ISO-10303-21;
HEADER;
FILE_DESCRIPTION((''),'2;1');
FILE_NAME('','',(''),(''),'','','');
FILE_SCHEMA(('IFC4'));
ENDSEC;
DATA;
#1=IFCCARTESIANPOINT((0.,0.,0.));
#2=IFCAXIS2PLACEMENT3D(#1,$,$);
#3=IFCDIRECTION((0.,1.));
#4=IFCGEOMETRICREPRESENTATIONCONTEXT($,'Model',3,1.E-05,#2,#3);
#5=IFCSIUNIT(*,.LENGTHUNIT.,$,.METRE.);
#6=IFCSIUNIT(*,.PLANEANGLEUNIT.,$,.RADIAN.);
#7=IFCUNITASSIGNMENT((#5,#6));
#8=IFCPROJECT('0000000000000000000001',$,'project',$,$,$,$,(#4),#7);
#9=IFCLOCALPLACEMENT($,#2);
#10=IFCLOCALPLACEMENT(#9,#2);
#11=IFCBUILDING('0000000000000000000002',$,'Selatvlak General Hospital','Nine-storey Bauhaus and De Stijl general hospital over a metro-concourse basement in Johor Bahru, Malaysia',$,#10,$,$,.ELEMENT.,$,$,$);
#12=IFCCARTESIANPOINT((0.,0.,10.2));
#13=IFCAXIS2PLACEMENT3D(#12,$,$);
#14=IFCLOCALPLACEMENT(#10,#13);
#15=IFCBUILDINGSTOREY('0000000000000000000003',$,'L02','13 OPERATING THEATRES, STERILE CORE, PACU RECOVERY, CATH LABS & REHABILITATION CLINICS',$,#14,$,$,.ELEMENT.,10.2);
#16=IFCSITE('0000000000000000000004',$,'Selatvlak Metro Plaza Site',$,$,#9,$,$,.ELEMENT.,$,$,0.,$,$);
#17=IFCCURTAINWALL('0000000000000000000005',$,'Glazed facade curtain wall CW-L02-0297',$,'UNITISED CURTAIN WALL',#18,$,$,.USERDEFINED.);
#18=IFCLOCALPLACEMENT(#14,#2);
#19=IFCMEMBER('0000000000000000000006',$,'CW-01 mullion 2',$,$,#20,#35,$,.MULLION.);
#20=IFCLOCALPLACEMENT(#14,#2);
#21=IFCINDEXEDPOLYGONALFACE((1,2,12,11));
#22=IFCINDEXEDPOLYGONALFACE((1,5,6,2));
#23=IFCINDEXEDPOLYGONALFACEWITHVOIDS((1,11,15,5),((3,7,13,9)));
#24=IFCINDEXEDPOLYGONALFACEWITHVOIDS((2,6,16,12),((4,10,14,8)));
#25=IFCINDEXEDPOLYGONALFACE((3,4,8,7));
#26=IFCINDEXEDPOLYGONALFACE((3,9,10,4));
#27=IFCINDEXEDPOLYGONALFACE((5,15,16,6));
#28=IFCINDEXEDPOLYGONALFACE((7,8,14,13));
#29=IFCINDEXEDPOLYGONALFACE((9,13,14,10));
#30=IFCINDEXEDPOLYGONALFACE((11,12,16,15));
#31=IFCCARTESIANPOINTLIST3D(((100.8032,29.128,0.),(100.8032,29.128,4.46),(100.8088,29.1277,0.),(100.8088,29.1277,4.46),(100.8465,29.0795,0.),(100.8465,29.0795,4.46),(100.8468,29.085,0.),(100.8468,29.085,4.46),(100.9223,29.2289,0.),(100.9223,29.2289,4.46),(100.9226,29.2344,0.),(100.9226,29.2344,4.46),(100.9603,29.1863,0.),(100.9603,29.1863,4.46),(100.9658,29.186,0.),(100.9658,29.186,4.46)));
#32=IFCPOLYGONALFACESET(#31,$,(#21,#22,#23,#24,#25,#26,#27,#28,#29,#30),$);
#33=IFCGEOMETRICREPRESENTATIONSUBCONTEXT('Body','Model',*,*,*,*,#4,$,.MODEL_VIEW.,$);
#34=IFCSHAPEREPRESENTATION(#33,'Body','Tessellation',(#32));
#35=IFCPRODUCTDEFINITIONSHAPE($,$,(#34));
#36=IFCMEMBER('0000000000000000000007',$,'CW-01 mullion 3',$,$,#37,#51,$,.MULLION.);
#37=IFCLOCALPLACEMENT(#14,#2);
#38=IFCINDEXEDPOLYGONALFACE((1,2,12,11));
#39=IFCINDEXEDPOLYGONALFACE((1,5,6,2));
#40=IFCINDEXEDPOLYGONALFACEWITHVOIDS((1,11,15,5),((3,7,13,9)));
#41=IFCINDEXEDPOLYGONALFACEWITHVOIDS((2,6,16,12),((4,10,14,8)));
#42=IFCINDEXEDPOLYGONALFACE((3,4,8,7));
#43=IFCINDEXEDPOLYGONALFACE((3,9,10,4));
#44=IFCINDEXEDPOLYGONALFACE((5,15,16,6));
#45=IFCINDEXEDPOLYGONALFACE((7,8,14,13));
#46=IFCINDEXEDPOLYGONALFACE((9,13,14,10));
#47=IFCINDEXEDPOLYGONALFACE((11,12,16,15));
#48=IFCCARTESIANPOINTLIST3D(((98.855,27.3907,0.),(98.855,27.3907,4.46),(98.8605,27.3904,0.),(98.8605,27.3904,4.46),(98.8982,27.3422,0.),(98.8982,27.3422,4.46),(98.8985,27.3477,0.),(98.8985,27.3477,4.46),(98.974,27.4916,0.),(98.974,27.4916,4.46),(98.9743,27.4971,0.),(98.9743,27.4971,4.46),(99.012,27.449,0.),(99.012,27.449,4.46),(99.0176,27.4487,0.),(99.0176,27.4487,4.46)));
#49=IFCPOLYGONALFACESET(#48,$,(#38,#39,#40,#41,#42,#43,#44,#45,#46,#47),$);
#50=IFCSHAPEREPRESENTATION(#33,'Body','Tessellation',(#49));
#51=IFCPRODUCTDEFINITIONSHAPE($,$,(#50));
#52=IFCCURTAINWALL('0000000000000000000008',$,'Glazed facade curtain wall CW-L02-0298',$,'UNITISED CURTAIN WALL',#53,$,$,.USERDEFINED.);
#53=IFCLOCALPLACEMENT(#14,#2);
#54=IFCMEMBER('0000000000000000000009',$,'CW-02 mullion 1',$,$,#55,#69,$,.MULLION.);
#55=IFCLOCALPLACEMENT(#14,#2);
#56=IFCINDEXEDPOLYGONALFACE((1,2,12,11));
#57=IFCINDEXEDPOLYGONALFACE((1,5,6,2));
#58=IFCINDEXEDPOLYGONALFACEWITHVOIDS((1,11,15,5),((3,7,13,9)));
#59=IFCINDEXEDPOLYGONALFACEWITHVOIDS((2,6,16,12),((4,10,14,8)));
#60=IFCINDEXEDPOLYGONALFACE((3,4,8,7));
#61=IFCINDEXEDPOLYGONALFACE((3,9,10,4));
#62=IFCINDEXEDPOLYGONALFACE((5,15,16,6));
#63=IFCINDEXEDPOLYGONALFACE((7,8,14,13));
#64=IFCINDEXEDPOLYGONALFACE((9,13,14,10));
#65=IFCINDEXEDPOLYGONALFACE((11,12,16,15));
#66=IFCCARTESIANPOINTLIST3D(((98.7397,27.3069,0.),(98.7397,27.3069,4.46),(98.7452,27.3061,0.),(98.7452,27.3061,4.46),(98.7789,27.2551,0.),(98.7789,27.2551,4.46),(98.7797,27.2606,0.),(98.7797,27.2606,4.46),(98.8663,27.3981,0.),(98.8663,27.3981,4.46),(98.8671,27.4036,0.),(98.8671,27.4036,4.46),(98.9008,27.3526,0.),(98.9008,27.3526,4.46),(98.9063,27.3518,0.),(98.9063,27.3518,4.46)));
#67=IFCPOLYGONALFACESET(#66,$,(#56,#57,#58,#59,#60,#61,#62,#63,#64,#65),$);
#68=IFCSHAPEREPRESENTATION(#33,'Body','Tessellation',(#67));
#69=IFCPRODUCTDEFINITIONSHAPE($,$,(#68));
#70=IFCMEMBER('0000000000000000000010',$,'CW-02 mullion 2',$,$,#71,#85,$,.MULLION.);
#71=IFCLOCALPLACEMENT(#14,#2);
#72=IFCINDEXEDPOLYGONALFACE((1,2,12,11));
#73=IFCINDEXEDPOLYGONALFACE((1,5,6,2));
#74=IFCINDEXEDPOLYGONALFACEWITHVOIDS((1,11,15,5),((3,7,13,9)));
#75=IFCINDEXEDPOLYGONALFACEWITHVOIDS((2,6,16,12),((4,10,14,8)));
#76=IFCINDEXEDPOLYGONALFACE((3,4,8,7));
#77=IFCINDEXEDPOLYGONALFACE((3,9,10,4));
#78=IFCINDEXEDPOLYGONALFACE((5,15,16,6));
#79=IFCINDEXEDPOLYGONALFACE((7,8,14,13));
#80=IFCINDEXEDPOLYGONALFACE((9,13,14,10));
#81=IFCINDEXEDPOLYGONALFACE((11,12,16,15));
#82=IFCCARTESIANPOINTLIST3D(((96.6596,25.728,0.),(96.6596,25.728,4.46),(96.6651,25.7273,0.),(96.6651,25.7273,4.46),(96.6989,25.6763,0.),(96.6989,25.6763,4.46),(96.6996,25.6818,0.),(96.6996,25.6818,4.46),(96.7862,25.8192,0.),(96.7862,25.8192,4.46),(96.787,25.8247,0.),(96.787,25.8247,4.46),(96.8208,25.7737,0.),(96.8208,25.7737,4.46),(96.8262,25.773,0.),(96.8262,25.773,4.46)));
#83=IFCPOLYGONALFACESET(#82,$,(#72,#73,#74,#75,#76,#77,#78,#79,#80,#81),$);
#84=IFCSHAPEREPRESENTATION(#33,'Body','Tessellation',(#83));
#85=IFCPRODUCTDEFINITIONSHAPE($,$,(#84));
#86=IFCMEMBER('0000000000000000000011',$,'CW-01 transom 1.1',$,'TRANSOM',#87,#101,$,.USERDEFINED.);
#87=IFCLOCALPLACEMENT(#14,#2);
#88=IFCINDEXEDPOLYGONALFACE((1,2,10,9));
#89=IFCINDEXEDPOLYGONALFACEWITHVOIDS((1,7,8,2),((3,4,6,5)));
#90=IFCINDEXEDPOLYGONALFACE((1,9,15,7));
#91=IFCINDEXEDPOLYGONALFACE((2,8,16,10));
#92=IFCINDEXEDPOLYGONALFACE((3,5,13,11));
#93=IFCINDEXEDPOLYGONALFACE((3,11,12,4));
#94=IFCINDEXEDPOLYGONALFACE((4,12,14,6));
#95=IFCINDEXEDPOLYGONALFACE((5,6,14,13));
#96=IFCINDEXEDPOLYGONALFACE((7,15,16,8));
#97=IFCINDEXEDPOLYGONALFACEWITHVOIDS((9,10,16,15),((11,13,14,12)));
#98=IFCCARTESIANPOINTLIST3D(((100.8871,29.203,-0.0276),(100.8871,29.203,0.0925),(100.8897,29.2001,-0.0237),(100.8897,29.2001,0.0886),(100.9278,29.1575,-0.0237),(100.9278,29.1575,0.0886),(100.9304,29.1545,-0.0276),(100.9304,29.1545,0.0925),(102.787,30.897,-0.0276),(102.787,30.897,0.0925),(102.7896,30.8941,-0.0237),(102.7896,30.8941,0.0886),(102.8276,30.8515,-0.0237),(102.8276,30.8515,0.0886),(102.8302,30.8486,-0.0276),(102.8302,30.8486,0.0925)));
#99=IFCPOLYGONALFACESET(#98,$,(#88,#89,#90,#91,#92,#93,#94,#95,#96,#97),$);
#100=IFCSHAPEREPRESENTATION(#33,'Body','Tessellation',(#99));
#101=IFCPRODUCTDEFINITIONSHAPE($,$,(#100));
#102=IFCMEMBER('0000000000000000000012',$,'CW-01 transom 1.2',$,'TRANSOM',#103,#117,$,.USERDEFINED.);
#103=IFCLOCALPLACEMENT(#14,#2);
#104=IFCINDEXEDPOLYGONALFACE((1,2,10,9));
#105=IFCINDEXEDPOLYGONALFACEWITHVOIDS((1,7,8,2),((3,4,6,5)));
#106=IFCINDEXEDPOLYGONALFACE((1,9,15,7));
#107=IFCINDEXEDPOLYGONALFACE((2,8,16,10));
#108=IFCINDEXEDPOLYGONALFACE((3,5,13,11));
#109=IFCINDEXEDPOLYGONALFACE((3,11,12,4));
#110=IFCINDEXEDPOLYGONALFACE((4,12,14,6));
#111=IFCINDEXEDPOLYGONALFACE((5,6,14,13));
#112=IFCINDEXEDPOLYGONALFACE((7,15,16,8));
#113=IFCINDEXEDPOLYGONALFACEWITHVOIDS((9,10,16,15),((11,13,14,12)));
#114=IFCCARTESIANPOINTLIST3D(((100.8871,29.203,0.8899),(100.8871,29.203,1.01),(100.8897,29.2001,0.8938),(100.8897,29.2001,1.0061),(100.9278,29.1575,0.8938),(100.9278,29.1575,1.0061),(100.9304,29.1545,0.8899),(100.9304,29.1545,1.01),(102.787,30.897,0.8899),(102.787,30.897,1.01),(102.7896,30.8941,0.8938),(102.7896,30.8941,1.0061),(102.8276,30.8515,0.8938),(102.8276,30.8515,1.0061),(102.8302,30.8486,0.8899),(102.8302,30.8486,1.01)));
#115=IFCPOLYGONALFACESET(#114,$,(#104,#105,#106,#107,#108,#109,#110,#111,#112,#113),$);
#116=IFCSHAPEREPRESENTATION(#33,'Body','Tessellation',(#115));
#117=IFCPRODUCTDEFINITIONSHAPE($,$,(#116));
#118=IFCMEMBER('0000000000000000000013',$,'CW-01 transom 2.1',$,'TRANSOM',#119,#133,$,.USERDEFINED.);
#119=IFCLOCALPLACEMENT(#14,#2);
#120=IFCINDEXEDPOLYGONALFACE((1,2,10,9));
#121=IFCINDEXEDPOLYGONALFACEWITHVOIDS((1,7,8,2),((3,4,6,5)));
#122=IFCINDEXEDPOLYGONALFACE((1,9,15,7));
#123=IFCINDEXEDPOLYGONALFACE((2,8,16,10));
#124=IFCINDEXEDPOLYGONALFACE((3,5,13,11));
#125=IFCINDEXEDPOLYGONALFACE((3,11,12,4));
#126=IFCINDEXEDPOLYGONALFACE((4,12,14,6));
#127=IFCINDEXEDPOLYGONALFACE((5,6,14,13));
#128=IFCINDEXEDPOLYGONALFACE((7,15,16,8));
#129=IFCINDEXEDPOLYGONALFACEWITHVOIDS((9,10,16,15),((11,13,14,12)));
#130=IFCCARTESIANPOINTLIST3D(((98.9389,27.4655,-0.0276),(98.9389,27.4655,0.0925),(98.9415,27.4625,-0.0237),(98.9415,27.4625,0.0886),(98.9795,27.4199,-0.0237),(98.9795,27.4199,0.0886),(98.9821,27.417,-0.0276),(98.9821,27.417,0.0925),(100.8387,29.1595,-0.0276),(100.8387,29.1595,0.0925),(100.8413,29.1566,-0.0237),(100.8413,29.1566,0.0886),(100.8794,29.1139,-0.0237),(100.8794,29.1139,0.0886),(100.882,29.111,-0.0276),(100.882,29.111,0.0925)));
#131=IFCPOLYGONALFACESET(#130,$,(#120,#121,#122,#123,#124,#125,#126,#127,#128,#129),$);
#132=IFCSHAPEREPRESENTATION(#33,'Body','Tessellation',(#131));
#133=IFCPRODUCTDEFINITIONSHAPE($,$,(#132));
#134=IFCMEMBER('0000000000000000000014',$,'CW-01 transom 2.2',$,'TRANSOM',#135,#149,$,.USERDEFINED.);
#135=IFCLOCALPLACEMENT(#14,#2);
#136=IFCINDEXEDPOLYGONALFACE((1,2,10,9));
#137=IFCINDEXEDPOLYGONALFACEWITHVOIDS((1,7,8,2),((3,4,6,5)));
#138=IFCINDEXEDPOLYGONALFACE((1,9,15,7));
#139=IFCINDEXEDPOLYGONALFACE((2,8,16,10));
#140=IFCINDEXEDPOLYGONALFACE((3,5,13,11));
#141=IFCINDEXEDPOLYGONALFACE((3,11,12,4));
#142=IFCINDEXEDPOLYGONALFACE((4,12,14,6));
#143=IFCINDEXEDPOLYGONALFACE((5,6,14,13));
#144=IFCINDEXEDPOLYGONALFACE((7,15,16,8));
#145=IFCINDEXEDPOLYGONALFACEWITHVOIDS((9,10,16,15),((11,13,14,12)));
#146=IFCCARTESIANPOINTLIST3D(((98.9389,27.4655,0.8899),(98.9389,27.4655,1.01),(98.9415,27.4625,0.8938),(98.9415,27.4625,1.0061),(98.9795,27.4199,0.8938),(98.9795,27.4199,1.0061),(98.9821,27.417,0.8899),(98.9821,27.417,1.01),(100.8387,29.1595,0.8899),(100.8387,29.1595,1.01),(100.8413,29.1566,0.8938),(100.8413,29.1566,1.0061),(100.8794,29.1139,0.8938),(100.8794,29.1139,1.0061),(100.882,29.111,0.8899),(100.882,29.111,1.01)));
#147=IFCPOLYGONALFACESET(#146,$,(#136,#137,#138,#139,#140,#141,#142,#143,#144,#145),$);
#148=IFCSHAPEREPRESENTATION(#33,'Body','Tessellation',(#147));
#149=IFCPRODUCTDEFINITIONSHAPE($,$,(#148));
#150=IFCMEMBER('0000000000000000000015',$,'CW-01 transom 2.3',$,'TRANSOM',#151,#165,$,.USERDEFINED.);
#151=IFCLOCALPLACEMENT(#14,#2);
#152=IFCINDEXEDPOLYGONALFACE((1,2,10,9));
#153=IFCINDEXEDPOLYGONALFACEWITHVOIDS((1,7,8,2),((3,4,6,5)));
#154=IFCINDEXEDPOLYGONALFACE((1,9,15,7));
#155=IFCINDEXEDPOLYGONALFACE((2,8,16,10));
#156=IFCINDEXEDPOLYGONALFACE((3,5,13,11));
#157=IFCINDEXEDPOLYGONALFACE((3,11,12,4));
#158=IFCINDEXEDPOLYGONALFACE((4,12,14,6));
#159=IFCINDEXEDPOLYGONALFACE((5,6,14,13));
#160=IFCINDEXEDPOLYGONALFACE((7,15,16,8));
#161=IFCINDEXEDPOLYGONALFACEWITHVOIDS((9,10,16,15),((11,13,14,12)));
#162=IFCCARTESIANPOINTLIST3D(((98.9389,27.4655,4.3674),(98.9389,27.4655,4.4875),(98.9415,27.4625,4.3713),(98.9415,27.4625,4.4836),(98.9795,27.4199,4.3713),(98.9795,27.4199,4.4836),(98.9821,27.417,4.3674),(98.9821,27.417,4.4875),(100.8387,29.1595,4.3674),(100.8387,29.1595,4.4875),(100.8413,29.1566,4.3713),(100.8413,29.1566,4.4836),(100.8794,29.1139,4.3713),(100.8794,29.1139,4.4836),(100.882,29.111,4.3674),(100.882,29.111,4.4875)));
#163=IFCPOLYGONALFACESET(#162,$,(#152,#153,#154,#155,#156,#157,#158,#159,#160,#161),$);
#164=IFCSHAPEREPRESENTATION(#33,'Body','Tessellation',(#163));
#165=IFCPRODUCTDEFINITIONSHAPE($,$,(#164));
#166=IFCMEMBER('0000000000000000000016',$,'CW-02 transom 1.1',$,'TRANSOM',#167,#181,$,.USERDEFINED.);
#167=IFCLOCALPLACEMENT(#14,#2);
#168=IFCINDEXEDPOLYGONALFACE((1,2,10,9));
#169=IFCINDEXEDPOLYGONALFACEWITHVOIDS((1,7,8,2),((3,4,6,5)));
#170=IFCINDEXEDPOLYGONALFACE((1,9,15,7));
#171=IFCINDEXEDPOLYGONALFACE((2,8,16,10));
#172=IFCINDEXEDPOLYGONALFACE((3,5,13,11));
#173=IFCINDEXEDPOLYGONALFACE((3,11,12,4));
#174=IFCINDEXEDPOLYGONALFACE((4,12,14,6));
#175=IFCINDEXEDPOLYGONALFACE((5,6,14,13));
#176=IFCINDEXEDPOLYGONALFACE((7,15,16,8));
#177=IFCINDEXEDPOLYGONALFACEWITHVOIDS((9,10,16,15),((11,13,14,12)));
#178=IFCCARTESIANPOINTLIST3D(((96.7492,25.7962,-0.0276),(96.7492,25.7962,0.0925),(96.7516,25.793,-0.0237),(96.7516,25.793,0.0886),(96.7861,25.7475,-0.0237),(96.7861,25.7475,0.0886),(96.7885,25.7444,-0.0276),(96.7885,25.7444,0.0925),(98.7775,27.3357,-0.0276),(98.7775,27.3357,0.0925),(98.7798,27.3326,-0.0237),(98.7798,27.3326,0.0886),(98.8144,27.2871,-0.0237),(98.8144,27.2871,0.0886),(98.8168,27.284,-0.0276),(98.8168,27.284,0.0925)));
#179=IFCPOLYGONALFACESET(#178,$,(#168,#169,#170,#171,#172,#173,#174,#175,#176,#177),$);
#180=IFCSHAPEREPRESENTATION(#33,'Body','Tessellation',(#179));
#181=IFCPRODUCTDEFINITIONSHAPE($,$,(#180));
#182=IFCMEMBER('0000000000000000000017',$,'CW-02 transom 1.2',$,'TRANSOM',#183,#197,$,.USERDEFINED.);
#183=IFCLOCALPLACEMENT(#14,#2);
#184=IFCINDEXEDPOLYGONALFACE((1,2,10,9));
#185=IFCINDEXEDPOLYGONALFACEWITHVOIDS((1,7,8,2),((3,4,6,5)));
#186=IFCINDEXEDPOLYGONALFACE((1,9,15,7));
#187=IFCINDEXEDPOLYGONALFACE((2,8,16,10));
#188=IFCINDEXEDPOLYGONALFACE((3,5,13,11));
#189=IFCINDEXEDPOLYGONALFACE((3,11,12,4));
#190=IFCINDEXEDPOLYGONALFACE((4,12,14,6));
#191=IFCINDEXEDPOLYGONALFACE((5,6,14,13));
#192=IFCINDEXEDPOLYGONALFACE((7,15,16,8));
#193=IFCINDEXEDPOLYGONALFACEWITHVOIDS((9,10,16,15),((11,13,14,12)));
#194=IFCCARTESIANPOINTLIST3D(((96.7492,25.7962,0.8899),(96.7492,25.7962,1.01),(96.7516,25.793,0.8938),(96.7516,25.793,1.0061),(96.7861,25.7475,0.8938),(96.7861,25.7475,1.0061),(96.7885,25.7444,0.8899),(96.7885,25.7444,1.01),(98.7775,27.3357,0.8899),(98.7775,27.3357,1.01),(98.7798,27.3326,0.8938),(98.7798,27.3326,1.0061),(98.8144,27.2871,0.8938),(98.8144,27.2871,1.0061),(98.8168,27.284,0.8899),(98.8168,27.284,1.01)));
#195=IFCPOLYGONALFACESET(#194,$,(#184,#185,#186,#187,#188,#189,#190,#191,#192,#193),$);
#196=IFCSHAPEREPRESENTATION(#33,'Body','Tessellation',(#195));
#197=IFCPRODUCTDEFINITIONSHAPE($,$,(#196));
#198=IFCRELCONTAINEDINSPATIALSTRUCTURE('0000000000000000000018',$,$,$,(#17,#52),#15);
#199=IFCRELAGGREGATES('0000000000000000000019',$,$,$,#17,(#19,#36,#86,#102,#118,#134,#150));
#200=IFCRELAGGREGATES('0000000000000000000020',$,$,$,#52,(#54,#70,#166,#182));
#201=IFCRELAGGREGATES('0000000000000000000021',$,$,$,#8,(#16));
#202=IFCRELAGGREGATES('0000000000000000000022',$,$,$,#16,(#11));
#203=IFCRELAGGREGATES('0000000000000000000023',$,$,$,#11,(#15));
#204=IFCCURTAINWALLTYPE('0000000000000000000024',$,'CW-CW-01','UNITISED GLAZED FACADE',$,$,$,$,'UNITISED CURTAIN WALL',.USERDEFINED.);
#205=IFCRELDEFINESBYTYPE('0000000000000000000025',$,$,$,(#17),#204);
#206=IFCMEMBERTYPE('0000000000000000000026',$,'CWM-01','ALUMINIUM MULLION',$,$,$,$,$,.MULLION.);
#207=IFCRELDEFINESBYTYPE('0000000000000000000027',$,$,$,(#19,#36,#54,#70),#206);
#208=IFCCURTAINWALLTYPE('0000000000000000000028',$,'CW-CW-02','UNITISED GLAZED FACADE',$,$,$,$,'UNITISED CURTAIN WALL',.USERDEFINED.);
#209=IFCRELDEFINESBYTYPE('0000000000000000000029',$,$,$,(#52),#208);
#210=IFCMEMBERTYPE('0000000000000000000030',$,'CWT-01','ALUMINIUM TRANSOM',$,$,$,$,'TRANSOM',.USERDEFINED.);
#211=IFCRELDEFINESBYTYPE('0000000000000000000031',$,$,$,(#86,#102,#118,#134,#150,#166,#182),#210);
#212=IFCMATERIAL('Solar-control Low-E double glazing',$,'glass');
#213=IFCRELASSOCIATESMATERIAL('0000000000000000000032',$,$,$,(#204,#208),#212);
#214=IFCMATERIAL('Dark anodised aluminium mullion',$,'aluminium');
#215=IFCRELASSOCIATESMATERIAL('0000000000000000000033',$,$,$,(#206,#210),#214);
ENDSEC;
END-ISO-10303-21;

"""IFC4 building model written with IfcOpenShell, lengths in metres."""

from ifc_helpers import new_model, si_unit, direction, frame, origin, origin_2d, place, context, subcontext, project, spatial, hollow_rectangle, extrude, material, material_profile, profile_set, type_object, element, aggregate, save


model = new_model("IFC4")

# Units and contexts
model_context = context("Model", 3, precision=1e-05, world=origin(), true_north=direction((0.0, 1.0)))
body_context = subcontext(model_context, "Body", "Model", "MODEL_VIEW")
ifc_project = project(units=[si_unit("LENGTHUNIT", "METRE"), si_unit("PLANEANGLEUNIT", "RADIAN")], contexts=[model_context])

# Site, building, storey
site_placement = place(None, origin())
site = spatial("IfcSite", under=ifc_project, at=site_placement, Name="Selatvlak Metro Plaza Site", CompositionType="ELEMENT", RefElevation=0.0)
building_placement = place(site_placement, origin())
building = spatial("IfcBuilding", under=site, at=building_placement, Name="Selatvlak General Hospital", Description="Nine-storey Bauhaus and De Stijl general hospital over a metro-concourse basement in Johor Bahru, Malaysia", CompositionType="ELEMENT")
storey_placement = place(building_placement, frame((0.0, 0.0, 10.2)))
storey = spatial("IfcBuildingStorey", under=building, at=storey_placement, Name="L02", Description="13 OPERATING THEATRES, STERILE CORE, PACU RECOVERY, CATH LABS & REHABILITATION CLINICS", CompositionType="ELEMENT", Elevation=10.2)

# Curtain walls, members
ifc_material_1 = material(Name="Solar-control Low-E double glazing", Category="glass")
curtain_wall_type_1 = type_object("IfcCurtainWallType", Name="CW-CW-01", Description="UNITISED GLAZED FACADE", ElementType="UNITISED CURTAIN WALL", PredefinedType="USERDEFINED", material=ifc_material_1)
curtain_wall_1_placement = place(storey_placement, origin())
curtain_wall_1 = element("IfcCurtainWall", 1, at=curtain_wall_1_placement, inside=storey, type_object=curtain_wall_type_1, Name="Glazed facade curtain wall CW-L02-0297", ObjectType="UNITISED CURTAIN WALL", PredefinedType="USERDEFINED")
ifc_material_2 = material(Name="Dark anodised aluminium mullion", Category="aluminium")
ifc_material_profile_1 = material_profile(ifc_material_2, hollow_rectangle(XDim=0.0649, YDim=0.1599, WallThickness=0.0039, at=origin_2d()), Name="AL-MUL 65x160x4")
ifc_profile_set_1 = profile_set([ifc_material_profile_1], Name="Dark anodised aluminium mullion")
member_type_1 = type_object("IfcMemberType", Name="CWM-01", Description="ALUMINIUM MULLION", PredefinedType="MULLION", material=ifc_profile_set_1)
member_1_placement = place(storey_placement, frame((100.8845, 29.157, 0.0), z_axis=(0.0, 0.0, 1.0), x_axis=(0.665561, -0.746344, 0.0)))
member_1 = element("IfcMember", 2, at=member_1_placement, type_object=member_type_1, Name="CW-01 mullion 2", PredefinedType="MULLION", context=body_context, shape_type="SweptSolid", body=[
    extrude(hollow_rectangle(XDim=0.0649, YDim=0.1599, WallThickness=0.0039, at=origin_2d()), origin(), (0.0, 0.0, 1.0), 4.46),
])
member_2_placement = place(storey_placement, frame((98.9363, 27.4197, 0.0), z_axis=(0.0, 0.0, 1.0), x_axis=(0.665561, -0.746344, 0.0)))
member_2 = element("IfcMember", 3, at=member_2_placement, type_object=member_type_1, Name="CW-01 mullion 3", PredefinedType="MULLION", context=body_context, shape_type="SweptSolid", body=[
    extrude(hollow_rectangle(XDim=0.0649, YDim=0.1599, WallThickness=0.0039, at=origin_2d()), origin(), (0.0, 0.0, 1.0), 4.46),
])
curtain_wall_type_2 = type_object("IfcCurtainWallType", Name="CW-CW-02", Description="UNITISED GLAZED FACADE", ElementType="UNITISED CURTAIN WALL", PredefinedType="USERDEFINED", material=ifc_material_1)
curtain_wall_2_placement = place(storey_placement, origin())
curtain_wall_2 = element("IfcCurtainWall", 4, at=curtain_wall_2_placement, inside=storey, type_object=curtain_wall_type_2, Name="Glazed facade curtain wall CW-L02-0298", ObjectType="UNITISED CURTAIN WALL", PredefinedType="USERDEFINED")
member_3_placement = place(storey_placement, frame((98.823, 27.3293, 0.0), z_axis=(0.0, 0.0, 1.0), x_axis=(0.604589, -0.796537, 0.0)))
member_3 = element("IfcMember", 5, at=member_3_placement, type_object=member_type_1, Name="CW-02 mullion 1", PredefinedType="MULLION", context=body_context, shape_type="SweptSolid", body=[
    extrude(hollow_rectangle(XDim=0.0649, YDim=0.1599, WallThickness=0.0039, at=origin_2d()), origin(), (0.0, 0.0, 1.0), 4.46),
])
member_4_placement = place(storey_placement, frame((96.7429, 25.7505, 0.0), z_axis=(0.0, 0.0, 1.0), x_axis=(0.604589, -0.796537, 0.0)))
member_4 = element("IfcMember", 6, at=member_4_placement, type_object=member_type_1, Name="CW-02 mullion 2", PredefinedType="MULLION", context=body_context, shape_type="SweptSolid", body=[
    extrude(hollow_rectangle(XDim=0.0649, YDim=0.1599, WallThickness=0.0039, at=origin_2d()), origin(), (0.0, 0.0, 1.0), 4.46),
])

# Members
ifc_material_profile_2 = material_profile(ifc_material_2, hollow_rectangle(XDim=0.0649, YDim=0.1201, WallThickness=0.0039, at=origin_2d()), Name="AL-TRN 65x120x4")
ifc_profile_set_2 = profile_set([ifc_material_profile_2], Name="Dark anodised aluminium mullion")
member_type_2 = type_object("IfcMemberType", Name="CWT-01", Description="ALUMINIUM TRANSOM", ElementType="TRANSOM", PredefinedType="USERDEFINED", material=ifc_profile_set_2)
member_5_placement = place(storey_placement, frame((102.8086, 30.8728, 0.0325), z_axis=(-0.746377, -0.665524, 0.0), x_axis=(0.665524, -0.746377, 0.0)))
member_5 = element("IfcMember", 7, at=member_5_placement, type_object=member_type_2, Name="CW-01 transom 1.1", ObjectType="TRANSOM", PredefinedType="USERDEFINED", context=body_context, shape_type="SweptSolid", body=[
    extrude(hollow_rectangle(XDim=0.0649, YDim=0.1201, WallThickness=0.0039, at=origin_2d()), origin(), (0.0, 0.0, 1.0), 2.5454),
])
member_6_placement = place(storey_placement, frame((102.8086, 30.8728, 0.95), z_axis=(-0.746377, -0.665524, 0.0), x_axis=(0.665524, -0.746377, 0.0)))
member_6 = element("IfcMember", 8, at=member_6_placement, type_object=member_type_2, Name="CW-01 transom 1.2", ObjectType="TRANSOM", PredefinedType="USERDEFINED", context=body_context, shape_type="SweptSolid", body=[
    extrude(hollow_rectangle(XDim=0.0649, YDim=0.1201, WallThickness=0.0039, at=origin_2d()), origin(), (0.0, 0.0, 1.0), 2.5454),
])
member_7_placement = place(storey_placement, frame((100.8604, 29.1353, 0.0325), z_axis=(-0.746377, -0.665524, 0.0), x_axis=(0.665524, -0.746377, 0.0)))
member_7 = element("IfcMember", 9, at=member_7_placement, type_object=member_type_2, Name="CW-01 transom 2.1", ObjectType="TRANSOM", PredefinedType="USERDEFINED", context=body_context, shape_type="SweptSolid", body=[
    extrude(hollow_rectangle(XDim=0.0649, YDim=0.1201, WallThickness=0.0039, at=origin_2d()), origin(), (0.0, 0.0, 1.0), 2.5454),
])
member_8_placement = place(storey_placement, frame((100.8604, 29.1353, 0.95), z_axis=(-0.746377, -0.665524, 0.0), x_axis=(0.665524, -0.746377, 0.0)))
member_8 = element("IfcMember", 10, at=member_8_placement, type_object=member_type_2, Name="CW-01 transom 2.2", ObjectType="TRANSOM", PredefinedType="USERDEFINED", context=body_context, shape_type="SweptSolid", body=[
    extrude(hollow_rectangle(XDim=0.0649, YDim=0.1201, WallThickness=0.0039, at=origin_2d()), origin(), (0.0, 0.0, 1.0), 2.5454),
])
member_9_placement = place(storey_placement, frame((100.8604, 29.1353, 4.4275), z_axis=(-0.746377, -0.665524, 0.0), x_axis=(0.665524, -0.746377, 0.0)))
member_9 = element("IfcMember", 11, at=member_9_placement, type_object=member_type_2, Name="CW-01 transom 2.3", ObjectType="TRANSOM", PredefinedType="USERDEFINED", context=body_context, shape_type="SweptSolid", body=[
    extrude(hollow_rectangle(XDim=0.0649, YDim=0.1201, WallThickness=0.0039, at=origin_2d()), origin(), (0.0, 0.0, 1.0), 2.5454),
])
member_10_placement = place(storey_placement, frame((98.7971, 27.3098, 0.0325), z_axis=(-0.796535, -0.604592, 0.0), x_axis=(0.604592, -0.796535, 0.0)))
member_10 = element("IfcMember", 12, at=member_10_placement, type_object=member_type_2, Name="CW-02 transom 1.1", ObjectType="TRANSOM", PredefinedType="USERDEFINED", context=body_context, shape_type="SweptSolid", body=[
    extrude(hollow_rectangle(XDim=0.0649, YDim=0.1201, WallThickness=0.0039, at=origin_2d()), origin(), (0.0, 0.0, 1.0), 2.5464),
])
member_11_placement = place(storey_placement, frame((98.7971, 27.3098, 0.95), z_axis=(-0.796535, -0.604592, 0.0), x_axis=(0.604592, -0.796535, 0.0)))
member_11 = element("IfcMember", 13, at=member_11_placement, type_object=member_type_2, Name="CW-02 transom 1.2", ObjectType="TRANSOM", PredefinedType="USERDEFINED", context=body_context, shape_type="SweptSolid", body=[
    extrude(hollow_rectangle(XDim=0.0649, YDim=0.1201, WallThickness=0.0039, at=origin_2d()), origin(), (0.0, 0.0, 1.0), 2.5464),
])

aggregate(curtain_wall_1, [member_1, member_2, member_5, member_6, member_7, member_8, member_9])
aggregate(curtain_wall_2, [member_3, member_4, member_10, member_11])

save(model, "model.ifc")
